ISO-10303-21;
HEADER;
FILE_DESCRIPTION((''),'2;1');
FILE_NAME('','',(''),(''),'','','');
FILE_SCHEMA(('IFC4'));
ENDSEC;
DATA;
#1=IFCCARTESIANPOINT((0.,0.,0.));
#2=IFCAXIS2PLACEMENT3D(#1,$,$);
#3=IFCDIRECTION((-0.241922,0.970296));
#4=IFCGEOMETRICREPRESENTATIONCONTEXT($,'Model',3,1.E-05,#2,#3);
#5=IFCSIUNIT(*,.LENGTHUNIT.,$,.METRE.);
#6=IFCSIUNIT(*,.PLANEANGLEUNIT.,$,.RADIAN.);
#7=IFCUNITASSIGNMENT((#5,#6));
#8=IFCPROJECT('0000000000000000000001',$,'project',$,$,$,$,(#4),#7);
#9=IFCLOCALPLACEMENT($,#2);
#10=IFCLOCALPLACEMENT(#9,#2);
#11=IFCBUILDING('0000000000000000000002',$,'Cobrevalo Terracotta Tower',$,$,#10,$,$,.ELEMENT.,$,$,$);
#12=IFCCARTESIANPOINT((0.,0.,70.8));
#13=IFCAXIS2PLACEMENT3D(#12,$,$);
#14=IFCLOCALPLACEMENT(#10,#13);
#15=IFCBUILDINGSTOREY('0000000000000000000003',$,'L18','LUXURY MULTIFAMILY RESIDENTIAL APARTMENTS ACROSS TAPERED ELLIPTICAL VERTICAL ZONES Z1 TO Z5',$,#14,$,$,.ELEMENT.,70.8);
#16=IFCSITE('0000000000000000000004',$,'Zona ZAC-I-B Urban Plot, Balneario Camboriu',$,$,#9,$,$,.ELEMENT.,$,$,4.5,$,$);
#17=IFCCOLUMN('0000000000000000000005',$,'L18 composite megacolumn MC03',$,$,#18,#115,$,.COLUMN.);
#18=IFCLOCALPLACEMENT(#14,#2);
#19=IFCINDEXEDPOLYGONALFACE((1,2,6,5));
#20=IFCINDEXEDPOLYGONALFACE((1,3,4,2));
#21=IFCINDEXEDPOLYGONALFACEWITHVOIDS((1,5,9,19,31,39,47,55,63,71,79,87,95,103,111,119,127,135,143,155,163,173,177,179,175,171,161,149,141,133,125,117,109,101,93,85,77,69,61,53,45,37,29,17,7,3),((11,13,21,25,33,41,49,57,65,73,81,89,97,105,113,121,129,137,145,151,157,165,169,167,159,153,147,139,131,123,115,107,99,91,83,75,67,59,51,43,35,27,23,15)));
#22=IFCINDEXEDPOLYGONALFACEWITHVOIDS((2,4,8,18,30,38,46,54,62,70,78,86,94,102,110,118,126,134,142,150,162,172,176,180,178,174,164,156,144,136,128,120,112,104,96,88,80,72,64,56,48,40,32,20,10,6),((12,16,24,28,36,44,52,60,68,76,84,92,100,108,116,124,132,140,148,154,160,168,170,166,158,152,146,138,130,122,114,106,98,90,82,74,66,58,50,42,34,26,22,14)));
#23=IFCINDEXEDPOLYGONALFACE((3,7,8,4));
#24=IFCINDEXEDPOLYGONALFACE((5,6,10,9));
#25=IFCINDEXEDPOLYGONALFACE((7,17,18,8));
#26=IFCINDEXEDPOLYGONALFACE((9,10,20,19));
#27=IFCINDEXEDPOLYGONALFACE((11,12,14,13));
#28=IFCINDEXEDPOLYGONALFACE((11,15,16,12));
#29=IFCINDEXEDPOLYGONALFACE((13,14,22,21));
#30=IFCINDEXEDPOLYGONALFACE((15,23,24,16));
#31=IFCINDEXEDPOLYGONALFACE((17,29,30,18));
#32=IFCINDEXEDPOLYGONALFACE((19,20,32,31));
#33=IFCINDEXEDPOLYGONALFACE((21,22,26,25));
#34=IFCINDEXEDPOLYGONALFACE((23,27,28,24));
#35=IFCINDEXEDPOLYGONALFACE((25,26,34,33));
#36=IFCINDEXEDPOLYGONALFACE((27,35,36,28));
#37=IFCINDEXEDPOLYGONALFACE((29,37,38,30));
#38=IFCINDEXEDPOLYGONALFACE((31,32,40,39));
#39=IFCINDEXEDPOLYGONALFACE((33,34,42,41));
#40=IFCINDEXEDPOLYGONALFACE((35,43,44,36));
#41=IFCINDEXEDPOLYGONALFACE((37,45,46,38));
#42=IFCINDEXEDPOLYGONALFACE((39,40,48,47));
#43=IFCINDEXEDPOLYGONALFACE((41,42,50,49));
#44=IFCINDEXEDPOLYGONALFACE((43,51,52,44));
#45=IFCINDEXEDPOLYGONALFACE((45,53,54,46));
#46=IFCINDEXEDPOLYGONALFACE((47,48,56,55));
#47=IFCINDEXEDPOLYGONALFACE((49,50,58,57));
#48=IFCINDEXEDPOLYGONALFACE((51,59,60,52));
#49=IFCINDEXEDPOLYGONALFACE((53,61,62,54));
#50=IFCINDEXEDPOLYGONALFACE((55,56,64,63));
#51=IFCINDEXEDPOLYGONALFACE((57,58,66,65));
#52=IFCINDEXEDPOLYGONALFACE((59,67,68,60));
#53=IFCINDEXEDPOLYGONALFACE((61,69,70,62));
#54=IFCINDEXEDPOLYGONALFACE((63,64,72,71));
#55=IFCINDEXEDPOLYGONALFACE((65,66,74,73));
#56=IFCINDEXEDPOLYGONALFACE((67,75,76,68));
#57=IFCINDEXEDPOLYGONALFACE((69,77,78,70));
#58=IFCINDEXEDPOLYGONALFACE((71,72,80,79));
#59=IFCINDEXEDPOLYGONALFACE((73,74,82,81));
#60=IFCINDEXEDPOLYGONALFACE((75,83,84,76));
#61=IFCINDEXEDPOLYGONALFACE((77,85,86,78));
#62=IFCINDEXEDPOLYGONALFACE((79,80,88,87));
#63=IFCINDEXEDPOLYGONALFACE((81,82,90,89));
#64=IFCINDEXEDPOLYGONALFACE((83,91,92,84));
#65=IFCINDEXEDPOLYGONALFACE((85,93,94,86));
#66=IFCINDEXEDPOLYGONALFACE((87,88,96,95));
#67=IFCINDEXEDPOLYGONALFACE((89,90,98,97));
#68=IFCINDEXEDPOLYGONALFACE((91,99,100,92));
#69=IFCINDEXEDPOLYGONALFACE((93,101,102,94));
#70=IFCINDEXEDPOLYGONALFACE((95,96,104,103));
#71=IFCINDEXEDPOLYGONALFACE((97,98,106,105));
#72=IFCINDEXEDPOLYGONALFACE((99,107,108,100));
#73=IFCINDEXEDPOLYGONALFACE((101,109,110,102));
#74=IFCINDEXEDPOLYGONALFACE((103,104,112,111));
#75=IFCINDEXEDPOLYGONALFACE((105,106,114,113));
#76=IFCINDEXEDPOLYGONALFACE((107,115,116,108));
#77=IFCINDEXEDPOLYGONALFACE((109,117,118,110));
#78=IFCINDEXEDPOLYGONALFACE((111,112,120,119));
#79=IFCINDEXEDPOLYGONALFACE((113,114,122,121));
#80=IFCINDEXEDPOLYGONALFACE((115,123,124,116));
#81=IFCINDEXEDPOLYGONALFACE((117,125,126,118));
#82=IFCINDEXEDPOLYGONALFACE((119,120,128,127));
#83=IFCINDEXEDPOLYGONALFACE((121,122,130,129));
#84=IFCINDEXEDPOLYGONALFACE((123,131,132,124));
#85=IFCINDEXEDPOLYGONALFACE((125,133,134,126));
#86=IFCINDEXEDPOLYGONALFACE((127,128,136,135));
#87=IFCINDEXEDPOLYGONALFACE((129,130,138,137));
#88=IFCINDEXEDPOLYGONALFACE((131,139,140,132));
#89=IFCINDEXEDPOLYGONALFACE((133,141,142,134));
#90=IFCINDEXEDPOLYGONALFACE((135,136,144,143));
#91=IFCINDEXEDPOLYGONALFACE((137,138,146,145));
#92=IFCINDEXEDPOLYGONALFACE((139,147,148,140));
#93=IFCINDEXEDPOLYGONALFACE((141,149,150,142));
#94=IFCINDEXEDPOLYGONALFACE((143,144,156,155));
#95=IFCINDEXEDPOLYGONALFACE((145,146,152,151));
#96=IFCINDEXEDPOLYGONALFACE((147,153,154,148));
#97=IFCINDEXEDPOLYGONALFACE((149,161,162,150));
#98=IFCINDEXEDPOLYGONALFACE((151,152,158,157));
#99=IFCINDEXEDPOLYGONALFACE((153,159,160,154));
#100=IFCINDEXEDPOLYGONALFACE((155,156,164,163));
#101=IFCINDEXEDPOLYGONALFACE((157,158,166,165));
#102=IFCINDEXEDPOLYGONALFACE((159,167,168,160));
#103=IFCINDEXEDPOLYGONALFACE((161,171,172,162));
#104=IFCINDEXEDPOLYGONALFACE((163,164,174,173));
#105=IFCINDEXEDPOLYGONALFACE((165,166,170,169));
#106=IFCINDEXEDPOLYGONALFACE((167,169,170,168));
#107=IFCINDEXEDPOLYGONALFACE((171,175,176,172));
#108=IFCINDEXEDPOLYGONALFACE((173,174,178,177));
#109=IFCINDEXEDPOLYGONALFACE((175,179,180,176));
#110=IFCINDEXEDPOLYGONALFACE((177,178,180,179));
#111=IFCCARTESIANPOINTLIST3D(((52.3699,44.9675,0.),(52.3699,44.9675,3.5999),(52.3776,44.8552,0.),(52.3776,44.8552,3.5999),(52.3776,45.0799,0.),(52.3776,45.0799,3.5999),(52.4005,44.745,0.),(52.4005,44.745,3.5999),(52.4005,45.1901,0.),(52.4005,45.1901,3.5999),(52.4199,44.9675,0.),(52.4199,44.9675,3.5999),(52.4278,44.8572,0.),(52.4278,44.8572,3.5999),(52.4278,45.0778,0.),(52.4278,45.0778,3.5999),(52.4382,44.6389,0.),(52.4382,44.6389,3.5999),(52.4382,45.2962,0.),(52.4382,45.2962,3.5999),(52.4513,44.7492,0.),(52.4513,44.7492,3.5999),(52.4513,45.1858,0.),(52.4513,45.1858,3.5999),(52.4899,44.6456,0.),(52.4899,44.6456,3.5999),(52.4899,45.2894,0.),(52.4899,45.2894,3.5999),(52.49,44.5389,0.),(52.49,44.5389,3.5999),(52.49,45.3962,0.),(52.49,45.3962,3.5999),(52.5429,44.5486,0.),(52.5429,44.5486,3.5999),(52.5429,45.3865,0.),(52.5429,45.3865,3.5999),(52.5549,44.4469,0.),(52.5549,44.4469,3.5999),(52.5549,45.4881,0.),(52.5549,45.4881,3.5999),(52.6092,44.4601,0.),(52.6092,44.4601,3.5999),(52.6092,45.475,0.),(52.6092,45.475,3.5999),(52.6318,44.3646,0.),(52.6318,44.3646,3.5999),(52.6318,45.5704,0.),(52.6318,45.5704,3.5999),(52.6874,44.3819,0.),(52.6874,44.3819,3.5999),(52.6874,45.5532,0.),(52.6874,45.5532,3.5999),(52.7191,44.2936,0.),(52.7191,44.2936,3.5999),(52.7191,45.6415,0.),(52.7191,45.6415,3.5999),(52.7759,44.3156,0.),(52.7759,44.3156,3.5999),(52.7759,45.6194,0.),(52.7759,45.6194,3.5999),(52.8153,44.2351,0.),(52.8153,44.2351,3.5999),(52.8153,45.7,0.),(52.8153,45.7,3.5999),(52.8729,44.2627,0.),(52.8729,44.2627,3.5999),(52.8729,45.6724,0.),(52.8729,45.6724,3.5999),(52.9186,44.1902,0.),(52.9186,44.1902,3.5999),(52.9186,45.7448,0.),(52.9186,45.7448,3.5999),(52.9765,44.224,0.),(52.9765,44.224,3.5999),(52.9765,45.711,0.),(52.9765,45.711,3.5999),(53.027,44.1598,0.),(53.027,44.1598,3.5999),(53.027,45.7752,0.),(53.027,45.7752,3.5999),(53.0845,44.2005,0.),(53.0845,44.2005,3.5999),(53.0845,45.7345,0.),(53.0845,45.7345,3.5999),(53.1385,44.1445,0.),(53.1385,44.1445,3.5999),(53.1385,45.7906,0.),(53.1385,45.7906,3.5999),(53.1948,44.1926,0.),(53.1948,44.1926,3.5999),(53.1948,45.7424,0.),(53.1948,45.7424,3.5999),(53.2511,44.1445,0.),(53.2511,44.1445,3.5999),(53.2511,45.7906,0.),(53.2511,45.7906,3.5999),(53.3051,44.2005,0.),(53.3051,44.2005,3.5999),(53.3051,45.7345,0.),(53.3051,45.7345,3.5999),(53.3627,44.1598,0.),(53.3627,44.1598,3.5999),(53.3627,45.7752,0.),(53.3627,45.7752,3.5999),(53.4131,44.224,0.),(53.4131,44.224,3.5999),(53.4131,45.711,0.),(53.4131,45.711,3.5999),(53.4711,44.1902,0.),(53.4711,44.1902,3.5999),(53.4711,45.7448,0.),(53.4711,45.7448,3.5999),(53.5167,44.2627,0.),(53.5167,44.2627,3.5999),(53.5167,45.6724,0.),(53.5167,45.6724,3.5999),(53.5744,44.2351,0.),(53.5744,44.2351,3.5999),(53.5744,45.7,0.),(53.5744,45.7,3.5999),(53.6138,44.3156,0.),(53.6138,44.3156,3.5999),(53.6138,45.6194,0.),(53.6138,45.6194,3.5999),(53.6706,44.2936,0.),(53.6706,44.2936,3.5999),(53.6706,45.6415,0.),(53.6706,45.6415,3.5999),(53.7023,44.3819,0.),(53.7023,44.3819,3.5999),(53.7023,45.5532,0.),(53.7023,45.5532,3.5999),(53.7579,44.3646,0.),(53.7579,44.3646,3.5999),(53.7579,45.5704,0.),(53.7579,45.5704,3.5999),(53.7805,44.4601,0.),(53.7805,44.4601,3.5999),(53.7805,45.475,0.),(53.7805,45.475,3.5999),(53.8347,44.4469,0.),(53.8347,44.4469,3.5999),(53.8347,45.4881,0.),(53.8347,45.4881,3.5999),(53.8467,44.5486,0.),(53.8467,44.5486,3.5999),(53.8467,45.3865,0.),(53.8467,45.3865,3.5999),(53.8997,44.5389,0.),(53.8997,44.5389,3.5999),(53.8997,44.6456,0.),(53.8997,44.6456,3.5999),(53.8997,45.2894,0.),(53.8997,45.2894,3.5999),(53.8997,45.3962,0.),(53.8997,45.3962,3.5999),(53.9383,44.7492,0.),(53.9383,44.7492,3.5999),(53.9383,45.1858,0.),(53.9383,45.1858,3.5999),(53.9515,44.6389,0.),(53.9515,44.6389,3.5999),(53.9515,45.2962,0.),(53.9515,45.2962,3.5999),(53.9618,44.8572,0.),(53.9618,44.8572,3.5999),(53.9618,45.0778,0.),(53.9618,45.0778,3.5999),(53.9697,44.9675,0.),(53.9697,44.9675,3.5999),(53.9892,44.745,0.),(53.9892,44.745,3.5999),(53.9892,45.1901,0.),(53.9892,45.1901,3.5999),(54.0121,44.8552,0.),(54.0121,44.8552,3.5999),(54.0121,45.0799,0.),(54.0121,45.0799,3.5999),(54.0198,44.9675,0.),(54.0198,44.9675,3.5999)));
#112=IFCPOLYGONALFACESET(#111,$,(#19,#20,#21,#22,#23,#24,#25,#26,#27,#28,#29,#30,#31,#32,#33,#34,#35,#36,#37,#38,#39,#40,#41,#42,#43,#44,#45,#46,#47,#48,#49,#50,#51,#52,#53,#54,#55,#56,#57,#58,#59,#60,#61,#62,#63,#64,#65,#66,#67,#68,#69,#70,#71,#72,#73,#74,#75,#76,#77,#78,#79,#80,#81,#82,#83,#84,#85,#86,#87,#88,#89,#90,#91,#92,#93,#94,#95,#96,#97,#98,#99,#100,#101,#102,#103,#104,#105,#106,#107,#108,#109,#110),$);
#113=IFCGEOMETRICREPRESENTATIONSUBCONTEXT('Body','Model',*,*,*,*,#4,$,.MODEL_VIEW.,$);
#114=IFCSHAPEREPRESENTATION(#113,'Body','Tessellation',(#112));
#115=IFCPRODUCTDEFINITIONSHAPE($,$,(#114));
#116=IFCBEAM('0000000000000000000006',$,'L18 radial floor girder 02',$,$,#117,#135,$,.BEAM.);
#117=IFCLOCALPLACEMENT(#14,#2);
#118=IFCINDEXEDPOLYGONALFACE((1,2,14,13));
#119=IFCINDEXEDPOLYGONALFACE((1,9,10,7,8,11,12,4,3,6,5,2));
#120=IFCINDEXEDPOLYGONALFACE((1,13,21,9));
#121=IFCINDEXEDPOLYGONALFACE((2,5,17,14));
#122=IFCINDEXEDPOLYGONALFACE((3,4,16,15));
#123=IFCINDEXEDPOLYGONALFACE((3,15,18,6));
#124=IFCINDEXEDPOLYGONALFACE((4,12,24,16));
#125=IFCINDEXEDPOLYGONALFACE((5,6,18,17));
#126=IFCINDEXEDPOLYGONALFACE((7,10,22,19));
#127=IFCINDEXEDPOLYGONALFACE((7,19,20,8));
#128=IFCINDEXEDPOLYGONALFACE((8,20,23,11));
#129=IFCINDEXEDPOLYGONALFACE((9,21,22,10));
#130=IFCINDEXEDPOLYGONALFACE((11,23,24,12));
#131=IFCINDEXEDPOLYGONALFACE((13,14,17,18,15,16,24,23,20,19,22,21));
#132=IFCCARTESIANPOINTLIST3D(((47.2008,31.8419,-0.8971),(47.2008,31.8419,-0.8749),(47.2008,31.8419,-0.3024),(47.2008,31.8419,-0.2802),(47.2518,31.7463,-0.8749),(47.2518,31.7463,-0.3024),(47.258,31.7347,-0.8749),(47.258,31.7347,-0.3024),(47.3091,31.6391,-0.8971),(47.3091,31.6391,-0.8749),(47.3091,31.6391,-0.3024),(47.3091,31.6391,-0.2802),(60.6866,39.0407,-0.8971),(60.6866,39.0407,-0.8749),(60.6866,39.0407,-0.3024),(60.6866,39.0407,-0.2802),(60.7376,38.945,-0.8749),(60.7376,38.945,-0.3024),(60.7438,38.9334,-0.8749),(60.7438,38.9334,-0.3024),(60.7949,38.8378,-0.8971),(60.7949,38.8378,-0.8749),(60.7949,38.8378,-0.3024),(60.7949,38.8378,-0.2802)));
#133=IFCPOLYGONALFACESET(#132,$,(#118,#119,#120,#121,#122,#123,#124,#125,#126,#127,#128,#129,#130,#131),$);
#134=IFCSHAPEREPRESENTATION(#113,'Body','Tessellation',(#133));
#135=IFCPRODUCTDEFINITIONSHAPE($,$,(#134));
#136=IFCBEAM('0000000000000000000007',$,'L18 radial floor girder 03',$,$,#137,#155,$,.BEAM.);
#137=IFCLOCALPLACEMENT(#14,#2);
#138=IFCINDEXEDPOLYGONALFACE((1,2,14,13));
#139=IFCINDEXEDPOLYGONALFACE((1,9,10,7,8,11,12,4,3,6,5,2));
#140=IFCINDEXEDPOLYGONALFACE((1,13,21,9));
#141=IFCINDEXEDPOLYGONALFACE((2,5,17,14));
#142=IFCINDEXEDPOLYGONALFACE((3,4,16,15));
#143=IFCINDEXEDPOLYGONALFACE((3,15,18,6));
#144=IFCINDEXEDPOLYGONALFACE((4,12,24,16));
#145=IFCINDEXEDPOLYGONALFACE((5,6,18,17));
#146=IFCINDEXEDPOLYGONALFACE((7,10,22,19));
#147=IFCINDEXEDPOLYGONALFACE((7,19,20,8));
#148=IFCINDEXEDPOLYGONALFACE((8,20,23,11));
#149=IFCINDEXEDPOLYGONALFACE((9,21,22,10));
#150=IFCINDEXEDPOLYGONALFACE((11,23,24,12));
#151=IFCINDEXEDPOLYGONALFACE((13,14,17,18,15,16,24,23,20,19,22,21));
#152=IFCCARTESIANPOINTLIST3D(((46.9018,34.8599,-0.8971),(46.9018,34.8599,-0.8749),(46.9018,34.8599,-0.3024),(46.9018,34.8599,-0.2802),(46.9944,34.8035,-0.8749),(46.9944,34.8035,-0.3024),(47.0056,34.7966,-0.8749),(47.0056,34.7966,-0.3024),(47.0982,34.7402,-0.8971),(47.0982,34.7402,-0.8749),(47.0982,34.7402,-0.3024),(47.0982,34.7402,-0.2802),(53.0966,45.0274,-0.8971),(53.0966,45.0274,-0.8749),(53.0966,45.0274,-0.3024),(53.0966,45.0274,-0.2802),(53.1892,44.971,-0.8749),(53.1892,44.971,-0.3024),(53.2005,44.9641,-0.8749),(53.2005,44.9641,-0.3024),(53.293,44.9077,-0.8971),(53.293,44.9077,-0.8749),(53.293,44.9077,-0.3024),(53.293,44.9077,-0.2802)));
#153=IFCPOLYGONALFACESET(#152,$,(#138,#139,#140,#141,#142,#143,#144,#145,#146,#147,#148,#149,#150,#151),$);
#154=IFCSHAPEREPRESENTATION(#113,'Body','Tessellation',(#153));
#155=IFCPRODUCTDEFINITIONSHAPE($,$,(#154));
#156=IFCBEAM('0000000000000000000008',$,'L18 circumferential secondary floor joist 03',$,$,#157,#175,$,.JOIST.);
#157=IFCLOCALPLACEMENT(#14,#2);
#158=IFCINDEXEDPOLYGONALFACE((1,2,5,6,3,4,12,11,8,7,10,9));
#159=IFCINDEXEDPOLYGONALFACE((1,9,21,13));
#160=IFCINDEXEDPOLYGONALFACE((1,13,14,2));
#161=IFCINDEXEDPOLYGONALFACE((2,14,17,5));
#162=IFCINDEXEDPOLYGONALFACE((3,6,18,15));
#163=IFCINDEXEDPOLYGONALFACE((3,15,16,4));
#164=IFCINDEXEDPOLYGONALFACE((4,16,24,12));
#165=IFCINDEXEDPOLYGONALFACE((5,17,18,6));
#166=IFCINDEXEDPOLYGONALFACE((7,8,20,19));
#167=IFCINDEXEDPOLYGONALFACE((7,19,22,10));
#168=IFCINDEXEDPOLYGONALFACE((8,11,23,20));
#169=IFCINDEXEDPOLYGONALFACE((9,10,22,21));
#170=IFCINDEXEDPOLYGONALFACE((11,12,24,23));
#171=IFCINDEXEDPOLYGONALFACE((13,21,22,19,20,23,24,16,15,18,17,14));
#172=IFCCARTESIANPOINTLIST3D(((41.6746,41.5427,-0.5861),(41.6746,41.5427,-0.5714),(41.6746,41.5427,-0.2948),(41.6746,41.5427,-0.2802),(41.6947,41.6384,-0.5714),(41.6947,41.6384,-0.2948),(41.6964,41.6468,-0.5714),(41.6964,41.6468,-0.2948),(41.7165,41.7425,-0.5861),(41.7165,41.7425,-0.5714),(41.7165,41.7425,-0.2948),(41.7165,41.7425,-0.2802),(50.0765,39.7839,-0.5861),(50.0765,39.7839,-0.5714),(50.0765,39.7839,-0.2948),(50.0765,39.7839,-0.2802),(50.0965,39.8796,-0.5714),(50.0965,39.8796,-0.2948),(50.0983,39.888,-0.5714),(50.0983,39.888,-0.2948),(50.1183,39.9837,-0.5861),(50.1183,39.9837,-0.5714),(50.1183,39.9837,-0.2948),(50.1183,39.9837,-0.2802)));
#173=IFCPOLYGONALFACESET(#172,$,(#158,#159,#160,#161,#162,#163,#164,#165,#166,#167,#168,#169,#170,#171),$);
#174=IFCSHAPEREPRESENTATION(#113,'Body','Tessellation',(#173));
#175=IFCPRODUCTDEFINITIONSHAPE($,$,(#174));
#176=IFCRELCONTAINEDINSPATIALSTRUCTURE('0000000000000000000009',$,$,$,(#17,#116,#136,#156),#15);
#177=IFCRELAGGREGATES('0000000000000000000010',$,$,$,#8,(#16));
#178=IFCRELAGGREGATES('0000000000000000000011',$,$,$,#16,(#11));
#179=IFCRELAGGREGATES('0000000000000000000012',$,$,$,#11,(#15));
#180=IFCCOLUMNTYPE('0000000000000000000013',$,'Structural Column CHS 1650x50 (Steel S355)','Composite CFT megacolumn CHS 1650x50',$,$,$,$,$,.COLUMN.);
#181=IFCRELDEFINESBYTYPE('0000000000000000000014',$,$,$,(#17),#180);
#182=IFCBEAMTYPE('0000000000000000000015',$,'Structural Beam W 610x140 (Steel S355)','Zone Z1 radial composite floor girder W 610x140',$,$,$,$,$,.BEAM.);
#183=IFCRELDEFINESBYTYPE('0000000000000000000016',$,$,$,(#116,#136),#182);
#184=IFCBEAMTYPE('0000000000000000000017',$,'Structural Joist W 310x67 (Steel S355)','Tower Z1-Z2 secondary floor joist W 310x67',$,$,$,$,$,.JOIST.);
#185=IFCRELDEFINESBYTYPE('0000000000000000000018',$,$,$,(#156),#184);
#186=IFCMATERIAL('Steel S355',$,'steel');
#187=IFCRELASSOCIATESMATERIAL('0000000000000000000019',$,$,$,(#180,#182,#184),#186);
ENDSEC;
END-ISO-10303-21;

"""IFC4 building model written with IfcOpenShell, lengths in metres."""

from ifc_helpers import new_model, si_unit, direction, frame, origin, origin_2d, place, context, subcontext, project, spatial, hollow_circle, i_section, extrude, material, material_profile, profile_set, type_object, element, save


model = new_model("IFC4")

# Units and contexts
model_context = context("Model", 3, precision=1e-05, world=origin(), true_north=direction((-0.241922, 0.970296)))
body_context = subcontext(model_context, "Body", "Model", "MODEL_VIEW")
ifc_project = project(units=[si_unit("LENGTHUNIT", "METRE"), si_unit("PLANEANGLEUNIT", "RADIAN")], contexts=[model_context])

# Site, building, storey
site_placement = place(None, origin())
site = spatial("IfcSite", under=ifc_project, at=site_placement, Name="Zona ZAC-I-B Urban Plot, Balneario Camboriu", CompositionType="ELEMENT", RefElevation=4.5)
building_placement = place(site_placement, origin())
building = spatial("IfcBuilding", under=site, at=building_placement, Name="Cobrevalo Terracotta Tower", CompositionType="ELEMENT")
storey_placement = place(building_placement, frame((0.0, 0.0, 70.8)))
storey = spatial("IfcBuildingStorey", under=building, at=storey_placement, Name="L18", Description="LUXURY MULTIFAMILY RESIDENTIAL APARTMENTS ACROSS TAPERED ELLIPTICAL VERTICAL ZONES Z1 TO Z5", CompositionType="ELEMENT", Elevation=70.8)

# Column
ifc_material_1 = material(Name="Steel S355", Category="steel")
ifc_material_profile_1 = material_profile(ifc_material_1, hollow_circle(Radius=0.825, WallThickness=0.05, at=origin_2d()), Name="CHS 1650x50")
ifc_profile_set_1 = profile_set([ifc_material_profile_1], Name="Steel S355")
column_type = type_object("IfcColumnType", Name="Structural Column CHS 1650x50 (Steel S355)", Description="Composite CFT megacolumn CHS 1650x50", PredefinedType="COLUMN", material=ifc_profile_set_1)
for number, where, z_axis, x_axis, name in (
    (1, (53.1948, 44.9675, 0.0), (0.0, 0.0, 1.0), (1.0, 0.0, 0.0), "L18 composite megacolumn MC03"),
):
    element("IfcColumn", number, at=place(storey_placement, frame(where, z_axis=z_axis, x_axis=x_axis)), inside=storey, type_object=column_type, Name=name, PredefinedType="COLUMN", context=body_context, shape_type="SweptSolid", body=[
        extrude(hollow_circle(Radius=0.825, WallThickness=0.05, at=origin_2d()), origin(), (0.0, 0.0, 1.0), 3.5999),
    ])

# Beams
ifc_material_profile_2 = material_profile(ifc_material_1, i_section(OverallWidth=0.23, OverallDepth=0.6169, WebThickness=0.0132, FlangeThickness=0.0222, at=origin_2d()), Name="W 610x140")
ifc_profile_set_2 = profile_set([ifc_material_profile_2], Name="Steel S355")
beam_type_1 = type_object("IfcBeamType", Name="Structural Beam W 610x140 (Steel S355)", Description="Zone Z1 radial composite floor girder W 610x140", PredefinedType="BEAM", material=ifc_profile_set_2)
beam_1_placement = place(storey_placement, frame((60.7407, 38.9392, -0.5886), z_axis=(-0.882182, -0.470908, 0.0), x_axis=(0.470908, -0.882182, 0.0)))
element("IfcBeam", 2, at=beam_1_placement, inside=storey, type_object=beam_type_1, Name="L18 radial floor girder 02", PredefinedType="BEAM", context=body_context, shape_type="SweptSolid", body=[
    extrude(i_section(OverallWidth=0.23, OverallDepth=0.6169, WebThickness=0.0132, FlangeThickness=0.0222, at=origin_2d()), origin(), (0.0, 0.0, 1.0), 15.2869),
])
beam_2_placement = place(storey_placement, frame((53.1948, 44.9675, -0.5886), z_axis=(-0.52031, -0.853978, 0.0), x_axis=(0.853978, -0.52031, 0.0)))
element("IfcBeam", 3, at=beam_2_placement, inside=storey, type_object=beam_type_1, Name="L18 radial floor girder 03", PredefinedType="BEAM", context=body_context, shape_type="SweptSolid", body=[
    extrude(i_section(OverallWidth=0.23, OverallDepth=0.6169, WebThickness=0.0132, FlangeThickness=0.0222, at=origin_2d()), origin(), (0.0, 0.0, 1.0), 11.906),
])
ifc_material_profile_3 = material_profile(ifc_material_1, i_section(OverallWidth=0.2041, OverallDepth=0.3059, WebThickness=0.0085, FlangeThickness=0.0146, at=origin_2d()), Name="W 310x67")
ifc_profile_set_3 = profile_set([ifc_material_profile_3], Name="Steel S355")
beam_type_2 = type_object("IfcBeamType", Name="Structural Joist W 310x67 (Steel S355)", Description="Tower Z1-Z2 secondary floor joist W 310x67", PredefinedType="JOIST", material=ifc_profile_set_3)
beam_3_placement = place(storey_placement, frame((50.0974, 39.8838, -0.4331), z_axis=(-0.978785, 0.204892, 0.0), x_axis=(-0.204892, -0.978785, 0.0)))
element("IfcBeam", 4, at=beam_3_placement, inside=storey, type_object=beam_type_2, Name="L18 circumferential secondary floor joist 03", PredefinedType="JOIST", context=body_context, shape_type="SweptSolid", body=[
    extrude(i_section(OverallWidth=0.2041, OverallDepth=0.3059, WebThickness=0.0085, FlangeThickness=0.0146, at=origin_2d()), origin(), (0.0, 0.0, 1.0), 8.584),
])

save(model, "model.ifc")
